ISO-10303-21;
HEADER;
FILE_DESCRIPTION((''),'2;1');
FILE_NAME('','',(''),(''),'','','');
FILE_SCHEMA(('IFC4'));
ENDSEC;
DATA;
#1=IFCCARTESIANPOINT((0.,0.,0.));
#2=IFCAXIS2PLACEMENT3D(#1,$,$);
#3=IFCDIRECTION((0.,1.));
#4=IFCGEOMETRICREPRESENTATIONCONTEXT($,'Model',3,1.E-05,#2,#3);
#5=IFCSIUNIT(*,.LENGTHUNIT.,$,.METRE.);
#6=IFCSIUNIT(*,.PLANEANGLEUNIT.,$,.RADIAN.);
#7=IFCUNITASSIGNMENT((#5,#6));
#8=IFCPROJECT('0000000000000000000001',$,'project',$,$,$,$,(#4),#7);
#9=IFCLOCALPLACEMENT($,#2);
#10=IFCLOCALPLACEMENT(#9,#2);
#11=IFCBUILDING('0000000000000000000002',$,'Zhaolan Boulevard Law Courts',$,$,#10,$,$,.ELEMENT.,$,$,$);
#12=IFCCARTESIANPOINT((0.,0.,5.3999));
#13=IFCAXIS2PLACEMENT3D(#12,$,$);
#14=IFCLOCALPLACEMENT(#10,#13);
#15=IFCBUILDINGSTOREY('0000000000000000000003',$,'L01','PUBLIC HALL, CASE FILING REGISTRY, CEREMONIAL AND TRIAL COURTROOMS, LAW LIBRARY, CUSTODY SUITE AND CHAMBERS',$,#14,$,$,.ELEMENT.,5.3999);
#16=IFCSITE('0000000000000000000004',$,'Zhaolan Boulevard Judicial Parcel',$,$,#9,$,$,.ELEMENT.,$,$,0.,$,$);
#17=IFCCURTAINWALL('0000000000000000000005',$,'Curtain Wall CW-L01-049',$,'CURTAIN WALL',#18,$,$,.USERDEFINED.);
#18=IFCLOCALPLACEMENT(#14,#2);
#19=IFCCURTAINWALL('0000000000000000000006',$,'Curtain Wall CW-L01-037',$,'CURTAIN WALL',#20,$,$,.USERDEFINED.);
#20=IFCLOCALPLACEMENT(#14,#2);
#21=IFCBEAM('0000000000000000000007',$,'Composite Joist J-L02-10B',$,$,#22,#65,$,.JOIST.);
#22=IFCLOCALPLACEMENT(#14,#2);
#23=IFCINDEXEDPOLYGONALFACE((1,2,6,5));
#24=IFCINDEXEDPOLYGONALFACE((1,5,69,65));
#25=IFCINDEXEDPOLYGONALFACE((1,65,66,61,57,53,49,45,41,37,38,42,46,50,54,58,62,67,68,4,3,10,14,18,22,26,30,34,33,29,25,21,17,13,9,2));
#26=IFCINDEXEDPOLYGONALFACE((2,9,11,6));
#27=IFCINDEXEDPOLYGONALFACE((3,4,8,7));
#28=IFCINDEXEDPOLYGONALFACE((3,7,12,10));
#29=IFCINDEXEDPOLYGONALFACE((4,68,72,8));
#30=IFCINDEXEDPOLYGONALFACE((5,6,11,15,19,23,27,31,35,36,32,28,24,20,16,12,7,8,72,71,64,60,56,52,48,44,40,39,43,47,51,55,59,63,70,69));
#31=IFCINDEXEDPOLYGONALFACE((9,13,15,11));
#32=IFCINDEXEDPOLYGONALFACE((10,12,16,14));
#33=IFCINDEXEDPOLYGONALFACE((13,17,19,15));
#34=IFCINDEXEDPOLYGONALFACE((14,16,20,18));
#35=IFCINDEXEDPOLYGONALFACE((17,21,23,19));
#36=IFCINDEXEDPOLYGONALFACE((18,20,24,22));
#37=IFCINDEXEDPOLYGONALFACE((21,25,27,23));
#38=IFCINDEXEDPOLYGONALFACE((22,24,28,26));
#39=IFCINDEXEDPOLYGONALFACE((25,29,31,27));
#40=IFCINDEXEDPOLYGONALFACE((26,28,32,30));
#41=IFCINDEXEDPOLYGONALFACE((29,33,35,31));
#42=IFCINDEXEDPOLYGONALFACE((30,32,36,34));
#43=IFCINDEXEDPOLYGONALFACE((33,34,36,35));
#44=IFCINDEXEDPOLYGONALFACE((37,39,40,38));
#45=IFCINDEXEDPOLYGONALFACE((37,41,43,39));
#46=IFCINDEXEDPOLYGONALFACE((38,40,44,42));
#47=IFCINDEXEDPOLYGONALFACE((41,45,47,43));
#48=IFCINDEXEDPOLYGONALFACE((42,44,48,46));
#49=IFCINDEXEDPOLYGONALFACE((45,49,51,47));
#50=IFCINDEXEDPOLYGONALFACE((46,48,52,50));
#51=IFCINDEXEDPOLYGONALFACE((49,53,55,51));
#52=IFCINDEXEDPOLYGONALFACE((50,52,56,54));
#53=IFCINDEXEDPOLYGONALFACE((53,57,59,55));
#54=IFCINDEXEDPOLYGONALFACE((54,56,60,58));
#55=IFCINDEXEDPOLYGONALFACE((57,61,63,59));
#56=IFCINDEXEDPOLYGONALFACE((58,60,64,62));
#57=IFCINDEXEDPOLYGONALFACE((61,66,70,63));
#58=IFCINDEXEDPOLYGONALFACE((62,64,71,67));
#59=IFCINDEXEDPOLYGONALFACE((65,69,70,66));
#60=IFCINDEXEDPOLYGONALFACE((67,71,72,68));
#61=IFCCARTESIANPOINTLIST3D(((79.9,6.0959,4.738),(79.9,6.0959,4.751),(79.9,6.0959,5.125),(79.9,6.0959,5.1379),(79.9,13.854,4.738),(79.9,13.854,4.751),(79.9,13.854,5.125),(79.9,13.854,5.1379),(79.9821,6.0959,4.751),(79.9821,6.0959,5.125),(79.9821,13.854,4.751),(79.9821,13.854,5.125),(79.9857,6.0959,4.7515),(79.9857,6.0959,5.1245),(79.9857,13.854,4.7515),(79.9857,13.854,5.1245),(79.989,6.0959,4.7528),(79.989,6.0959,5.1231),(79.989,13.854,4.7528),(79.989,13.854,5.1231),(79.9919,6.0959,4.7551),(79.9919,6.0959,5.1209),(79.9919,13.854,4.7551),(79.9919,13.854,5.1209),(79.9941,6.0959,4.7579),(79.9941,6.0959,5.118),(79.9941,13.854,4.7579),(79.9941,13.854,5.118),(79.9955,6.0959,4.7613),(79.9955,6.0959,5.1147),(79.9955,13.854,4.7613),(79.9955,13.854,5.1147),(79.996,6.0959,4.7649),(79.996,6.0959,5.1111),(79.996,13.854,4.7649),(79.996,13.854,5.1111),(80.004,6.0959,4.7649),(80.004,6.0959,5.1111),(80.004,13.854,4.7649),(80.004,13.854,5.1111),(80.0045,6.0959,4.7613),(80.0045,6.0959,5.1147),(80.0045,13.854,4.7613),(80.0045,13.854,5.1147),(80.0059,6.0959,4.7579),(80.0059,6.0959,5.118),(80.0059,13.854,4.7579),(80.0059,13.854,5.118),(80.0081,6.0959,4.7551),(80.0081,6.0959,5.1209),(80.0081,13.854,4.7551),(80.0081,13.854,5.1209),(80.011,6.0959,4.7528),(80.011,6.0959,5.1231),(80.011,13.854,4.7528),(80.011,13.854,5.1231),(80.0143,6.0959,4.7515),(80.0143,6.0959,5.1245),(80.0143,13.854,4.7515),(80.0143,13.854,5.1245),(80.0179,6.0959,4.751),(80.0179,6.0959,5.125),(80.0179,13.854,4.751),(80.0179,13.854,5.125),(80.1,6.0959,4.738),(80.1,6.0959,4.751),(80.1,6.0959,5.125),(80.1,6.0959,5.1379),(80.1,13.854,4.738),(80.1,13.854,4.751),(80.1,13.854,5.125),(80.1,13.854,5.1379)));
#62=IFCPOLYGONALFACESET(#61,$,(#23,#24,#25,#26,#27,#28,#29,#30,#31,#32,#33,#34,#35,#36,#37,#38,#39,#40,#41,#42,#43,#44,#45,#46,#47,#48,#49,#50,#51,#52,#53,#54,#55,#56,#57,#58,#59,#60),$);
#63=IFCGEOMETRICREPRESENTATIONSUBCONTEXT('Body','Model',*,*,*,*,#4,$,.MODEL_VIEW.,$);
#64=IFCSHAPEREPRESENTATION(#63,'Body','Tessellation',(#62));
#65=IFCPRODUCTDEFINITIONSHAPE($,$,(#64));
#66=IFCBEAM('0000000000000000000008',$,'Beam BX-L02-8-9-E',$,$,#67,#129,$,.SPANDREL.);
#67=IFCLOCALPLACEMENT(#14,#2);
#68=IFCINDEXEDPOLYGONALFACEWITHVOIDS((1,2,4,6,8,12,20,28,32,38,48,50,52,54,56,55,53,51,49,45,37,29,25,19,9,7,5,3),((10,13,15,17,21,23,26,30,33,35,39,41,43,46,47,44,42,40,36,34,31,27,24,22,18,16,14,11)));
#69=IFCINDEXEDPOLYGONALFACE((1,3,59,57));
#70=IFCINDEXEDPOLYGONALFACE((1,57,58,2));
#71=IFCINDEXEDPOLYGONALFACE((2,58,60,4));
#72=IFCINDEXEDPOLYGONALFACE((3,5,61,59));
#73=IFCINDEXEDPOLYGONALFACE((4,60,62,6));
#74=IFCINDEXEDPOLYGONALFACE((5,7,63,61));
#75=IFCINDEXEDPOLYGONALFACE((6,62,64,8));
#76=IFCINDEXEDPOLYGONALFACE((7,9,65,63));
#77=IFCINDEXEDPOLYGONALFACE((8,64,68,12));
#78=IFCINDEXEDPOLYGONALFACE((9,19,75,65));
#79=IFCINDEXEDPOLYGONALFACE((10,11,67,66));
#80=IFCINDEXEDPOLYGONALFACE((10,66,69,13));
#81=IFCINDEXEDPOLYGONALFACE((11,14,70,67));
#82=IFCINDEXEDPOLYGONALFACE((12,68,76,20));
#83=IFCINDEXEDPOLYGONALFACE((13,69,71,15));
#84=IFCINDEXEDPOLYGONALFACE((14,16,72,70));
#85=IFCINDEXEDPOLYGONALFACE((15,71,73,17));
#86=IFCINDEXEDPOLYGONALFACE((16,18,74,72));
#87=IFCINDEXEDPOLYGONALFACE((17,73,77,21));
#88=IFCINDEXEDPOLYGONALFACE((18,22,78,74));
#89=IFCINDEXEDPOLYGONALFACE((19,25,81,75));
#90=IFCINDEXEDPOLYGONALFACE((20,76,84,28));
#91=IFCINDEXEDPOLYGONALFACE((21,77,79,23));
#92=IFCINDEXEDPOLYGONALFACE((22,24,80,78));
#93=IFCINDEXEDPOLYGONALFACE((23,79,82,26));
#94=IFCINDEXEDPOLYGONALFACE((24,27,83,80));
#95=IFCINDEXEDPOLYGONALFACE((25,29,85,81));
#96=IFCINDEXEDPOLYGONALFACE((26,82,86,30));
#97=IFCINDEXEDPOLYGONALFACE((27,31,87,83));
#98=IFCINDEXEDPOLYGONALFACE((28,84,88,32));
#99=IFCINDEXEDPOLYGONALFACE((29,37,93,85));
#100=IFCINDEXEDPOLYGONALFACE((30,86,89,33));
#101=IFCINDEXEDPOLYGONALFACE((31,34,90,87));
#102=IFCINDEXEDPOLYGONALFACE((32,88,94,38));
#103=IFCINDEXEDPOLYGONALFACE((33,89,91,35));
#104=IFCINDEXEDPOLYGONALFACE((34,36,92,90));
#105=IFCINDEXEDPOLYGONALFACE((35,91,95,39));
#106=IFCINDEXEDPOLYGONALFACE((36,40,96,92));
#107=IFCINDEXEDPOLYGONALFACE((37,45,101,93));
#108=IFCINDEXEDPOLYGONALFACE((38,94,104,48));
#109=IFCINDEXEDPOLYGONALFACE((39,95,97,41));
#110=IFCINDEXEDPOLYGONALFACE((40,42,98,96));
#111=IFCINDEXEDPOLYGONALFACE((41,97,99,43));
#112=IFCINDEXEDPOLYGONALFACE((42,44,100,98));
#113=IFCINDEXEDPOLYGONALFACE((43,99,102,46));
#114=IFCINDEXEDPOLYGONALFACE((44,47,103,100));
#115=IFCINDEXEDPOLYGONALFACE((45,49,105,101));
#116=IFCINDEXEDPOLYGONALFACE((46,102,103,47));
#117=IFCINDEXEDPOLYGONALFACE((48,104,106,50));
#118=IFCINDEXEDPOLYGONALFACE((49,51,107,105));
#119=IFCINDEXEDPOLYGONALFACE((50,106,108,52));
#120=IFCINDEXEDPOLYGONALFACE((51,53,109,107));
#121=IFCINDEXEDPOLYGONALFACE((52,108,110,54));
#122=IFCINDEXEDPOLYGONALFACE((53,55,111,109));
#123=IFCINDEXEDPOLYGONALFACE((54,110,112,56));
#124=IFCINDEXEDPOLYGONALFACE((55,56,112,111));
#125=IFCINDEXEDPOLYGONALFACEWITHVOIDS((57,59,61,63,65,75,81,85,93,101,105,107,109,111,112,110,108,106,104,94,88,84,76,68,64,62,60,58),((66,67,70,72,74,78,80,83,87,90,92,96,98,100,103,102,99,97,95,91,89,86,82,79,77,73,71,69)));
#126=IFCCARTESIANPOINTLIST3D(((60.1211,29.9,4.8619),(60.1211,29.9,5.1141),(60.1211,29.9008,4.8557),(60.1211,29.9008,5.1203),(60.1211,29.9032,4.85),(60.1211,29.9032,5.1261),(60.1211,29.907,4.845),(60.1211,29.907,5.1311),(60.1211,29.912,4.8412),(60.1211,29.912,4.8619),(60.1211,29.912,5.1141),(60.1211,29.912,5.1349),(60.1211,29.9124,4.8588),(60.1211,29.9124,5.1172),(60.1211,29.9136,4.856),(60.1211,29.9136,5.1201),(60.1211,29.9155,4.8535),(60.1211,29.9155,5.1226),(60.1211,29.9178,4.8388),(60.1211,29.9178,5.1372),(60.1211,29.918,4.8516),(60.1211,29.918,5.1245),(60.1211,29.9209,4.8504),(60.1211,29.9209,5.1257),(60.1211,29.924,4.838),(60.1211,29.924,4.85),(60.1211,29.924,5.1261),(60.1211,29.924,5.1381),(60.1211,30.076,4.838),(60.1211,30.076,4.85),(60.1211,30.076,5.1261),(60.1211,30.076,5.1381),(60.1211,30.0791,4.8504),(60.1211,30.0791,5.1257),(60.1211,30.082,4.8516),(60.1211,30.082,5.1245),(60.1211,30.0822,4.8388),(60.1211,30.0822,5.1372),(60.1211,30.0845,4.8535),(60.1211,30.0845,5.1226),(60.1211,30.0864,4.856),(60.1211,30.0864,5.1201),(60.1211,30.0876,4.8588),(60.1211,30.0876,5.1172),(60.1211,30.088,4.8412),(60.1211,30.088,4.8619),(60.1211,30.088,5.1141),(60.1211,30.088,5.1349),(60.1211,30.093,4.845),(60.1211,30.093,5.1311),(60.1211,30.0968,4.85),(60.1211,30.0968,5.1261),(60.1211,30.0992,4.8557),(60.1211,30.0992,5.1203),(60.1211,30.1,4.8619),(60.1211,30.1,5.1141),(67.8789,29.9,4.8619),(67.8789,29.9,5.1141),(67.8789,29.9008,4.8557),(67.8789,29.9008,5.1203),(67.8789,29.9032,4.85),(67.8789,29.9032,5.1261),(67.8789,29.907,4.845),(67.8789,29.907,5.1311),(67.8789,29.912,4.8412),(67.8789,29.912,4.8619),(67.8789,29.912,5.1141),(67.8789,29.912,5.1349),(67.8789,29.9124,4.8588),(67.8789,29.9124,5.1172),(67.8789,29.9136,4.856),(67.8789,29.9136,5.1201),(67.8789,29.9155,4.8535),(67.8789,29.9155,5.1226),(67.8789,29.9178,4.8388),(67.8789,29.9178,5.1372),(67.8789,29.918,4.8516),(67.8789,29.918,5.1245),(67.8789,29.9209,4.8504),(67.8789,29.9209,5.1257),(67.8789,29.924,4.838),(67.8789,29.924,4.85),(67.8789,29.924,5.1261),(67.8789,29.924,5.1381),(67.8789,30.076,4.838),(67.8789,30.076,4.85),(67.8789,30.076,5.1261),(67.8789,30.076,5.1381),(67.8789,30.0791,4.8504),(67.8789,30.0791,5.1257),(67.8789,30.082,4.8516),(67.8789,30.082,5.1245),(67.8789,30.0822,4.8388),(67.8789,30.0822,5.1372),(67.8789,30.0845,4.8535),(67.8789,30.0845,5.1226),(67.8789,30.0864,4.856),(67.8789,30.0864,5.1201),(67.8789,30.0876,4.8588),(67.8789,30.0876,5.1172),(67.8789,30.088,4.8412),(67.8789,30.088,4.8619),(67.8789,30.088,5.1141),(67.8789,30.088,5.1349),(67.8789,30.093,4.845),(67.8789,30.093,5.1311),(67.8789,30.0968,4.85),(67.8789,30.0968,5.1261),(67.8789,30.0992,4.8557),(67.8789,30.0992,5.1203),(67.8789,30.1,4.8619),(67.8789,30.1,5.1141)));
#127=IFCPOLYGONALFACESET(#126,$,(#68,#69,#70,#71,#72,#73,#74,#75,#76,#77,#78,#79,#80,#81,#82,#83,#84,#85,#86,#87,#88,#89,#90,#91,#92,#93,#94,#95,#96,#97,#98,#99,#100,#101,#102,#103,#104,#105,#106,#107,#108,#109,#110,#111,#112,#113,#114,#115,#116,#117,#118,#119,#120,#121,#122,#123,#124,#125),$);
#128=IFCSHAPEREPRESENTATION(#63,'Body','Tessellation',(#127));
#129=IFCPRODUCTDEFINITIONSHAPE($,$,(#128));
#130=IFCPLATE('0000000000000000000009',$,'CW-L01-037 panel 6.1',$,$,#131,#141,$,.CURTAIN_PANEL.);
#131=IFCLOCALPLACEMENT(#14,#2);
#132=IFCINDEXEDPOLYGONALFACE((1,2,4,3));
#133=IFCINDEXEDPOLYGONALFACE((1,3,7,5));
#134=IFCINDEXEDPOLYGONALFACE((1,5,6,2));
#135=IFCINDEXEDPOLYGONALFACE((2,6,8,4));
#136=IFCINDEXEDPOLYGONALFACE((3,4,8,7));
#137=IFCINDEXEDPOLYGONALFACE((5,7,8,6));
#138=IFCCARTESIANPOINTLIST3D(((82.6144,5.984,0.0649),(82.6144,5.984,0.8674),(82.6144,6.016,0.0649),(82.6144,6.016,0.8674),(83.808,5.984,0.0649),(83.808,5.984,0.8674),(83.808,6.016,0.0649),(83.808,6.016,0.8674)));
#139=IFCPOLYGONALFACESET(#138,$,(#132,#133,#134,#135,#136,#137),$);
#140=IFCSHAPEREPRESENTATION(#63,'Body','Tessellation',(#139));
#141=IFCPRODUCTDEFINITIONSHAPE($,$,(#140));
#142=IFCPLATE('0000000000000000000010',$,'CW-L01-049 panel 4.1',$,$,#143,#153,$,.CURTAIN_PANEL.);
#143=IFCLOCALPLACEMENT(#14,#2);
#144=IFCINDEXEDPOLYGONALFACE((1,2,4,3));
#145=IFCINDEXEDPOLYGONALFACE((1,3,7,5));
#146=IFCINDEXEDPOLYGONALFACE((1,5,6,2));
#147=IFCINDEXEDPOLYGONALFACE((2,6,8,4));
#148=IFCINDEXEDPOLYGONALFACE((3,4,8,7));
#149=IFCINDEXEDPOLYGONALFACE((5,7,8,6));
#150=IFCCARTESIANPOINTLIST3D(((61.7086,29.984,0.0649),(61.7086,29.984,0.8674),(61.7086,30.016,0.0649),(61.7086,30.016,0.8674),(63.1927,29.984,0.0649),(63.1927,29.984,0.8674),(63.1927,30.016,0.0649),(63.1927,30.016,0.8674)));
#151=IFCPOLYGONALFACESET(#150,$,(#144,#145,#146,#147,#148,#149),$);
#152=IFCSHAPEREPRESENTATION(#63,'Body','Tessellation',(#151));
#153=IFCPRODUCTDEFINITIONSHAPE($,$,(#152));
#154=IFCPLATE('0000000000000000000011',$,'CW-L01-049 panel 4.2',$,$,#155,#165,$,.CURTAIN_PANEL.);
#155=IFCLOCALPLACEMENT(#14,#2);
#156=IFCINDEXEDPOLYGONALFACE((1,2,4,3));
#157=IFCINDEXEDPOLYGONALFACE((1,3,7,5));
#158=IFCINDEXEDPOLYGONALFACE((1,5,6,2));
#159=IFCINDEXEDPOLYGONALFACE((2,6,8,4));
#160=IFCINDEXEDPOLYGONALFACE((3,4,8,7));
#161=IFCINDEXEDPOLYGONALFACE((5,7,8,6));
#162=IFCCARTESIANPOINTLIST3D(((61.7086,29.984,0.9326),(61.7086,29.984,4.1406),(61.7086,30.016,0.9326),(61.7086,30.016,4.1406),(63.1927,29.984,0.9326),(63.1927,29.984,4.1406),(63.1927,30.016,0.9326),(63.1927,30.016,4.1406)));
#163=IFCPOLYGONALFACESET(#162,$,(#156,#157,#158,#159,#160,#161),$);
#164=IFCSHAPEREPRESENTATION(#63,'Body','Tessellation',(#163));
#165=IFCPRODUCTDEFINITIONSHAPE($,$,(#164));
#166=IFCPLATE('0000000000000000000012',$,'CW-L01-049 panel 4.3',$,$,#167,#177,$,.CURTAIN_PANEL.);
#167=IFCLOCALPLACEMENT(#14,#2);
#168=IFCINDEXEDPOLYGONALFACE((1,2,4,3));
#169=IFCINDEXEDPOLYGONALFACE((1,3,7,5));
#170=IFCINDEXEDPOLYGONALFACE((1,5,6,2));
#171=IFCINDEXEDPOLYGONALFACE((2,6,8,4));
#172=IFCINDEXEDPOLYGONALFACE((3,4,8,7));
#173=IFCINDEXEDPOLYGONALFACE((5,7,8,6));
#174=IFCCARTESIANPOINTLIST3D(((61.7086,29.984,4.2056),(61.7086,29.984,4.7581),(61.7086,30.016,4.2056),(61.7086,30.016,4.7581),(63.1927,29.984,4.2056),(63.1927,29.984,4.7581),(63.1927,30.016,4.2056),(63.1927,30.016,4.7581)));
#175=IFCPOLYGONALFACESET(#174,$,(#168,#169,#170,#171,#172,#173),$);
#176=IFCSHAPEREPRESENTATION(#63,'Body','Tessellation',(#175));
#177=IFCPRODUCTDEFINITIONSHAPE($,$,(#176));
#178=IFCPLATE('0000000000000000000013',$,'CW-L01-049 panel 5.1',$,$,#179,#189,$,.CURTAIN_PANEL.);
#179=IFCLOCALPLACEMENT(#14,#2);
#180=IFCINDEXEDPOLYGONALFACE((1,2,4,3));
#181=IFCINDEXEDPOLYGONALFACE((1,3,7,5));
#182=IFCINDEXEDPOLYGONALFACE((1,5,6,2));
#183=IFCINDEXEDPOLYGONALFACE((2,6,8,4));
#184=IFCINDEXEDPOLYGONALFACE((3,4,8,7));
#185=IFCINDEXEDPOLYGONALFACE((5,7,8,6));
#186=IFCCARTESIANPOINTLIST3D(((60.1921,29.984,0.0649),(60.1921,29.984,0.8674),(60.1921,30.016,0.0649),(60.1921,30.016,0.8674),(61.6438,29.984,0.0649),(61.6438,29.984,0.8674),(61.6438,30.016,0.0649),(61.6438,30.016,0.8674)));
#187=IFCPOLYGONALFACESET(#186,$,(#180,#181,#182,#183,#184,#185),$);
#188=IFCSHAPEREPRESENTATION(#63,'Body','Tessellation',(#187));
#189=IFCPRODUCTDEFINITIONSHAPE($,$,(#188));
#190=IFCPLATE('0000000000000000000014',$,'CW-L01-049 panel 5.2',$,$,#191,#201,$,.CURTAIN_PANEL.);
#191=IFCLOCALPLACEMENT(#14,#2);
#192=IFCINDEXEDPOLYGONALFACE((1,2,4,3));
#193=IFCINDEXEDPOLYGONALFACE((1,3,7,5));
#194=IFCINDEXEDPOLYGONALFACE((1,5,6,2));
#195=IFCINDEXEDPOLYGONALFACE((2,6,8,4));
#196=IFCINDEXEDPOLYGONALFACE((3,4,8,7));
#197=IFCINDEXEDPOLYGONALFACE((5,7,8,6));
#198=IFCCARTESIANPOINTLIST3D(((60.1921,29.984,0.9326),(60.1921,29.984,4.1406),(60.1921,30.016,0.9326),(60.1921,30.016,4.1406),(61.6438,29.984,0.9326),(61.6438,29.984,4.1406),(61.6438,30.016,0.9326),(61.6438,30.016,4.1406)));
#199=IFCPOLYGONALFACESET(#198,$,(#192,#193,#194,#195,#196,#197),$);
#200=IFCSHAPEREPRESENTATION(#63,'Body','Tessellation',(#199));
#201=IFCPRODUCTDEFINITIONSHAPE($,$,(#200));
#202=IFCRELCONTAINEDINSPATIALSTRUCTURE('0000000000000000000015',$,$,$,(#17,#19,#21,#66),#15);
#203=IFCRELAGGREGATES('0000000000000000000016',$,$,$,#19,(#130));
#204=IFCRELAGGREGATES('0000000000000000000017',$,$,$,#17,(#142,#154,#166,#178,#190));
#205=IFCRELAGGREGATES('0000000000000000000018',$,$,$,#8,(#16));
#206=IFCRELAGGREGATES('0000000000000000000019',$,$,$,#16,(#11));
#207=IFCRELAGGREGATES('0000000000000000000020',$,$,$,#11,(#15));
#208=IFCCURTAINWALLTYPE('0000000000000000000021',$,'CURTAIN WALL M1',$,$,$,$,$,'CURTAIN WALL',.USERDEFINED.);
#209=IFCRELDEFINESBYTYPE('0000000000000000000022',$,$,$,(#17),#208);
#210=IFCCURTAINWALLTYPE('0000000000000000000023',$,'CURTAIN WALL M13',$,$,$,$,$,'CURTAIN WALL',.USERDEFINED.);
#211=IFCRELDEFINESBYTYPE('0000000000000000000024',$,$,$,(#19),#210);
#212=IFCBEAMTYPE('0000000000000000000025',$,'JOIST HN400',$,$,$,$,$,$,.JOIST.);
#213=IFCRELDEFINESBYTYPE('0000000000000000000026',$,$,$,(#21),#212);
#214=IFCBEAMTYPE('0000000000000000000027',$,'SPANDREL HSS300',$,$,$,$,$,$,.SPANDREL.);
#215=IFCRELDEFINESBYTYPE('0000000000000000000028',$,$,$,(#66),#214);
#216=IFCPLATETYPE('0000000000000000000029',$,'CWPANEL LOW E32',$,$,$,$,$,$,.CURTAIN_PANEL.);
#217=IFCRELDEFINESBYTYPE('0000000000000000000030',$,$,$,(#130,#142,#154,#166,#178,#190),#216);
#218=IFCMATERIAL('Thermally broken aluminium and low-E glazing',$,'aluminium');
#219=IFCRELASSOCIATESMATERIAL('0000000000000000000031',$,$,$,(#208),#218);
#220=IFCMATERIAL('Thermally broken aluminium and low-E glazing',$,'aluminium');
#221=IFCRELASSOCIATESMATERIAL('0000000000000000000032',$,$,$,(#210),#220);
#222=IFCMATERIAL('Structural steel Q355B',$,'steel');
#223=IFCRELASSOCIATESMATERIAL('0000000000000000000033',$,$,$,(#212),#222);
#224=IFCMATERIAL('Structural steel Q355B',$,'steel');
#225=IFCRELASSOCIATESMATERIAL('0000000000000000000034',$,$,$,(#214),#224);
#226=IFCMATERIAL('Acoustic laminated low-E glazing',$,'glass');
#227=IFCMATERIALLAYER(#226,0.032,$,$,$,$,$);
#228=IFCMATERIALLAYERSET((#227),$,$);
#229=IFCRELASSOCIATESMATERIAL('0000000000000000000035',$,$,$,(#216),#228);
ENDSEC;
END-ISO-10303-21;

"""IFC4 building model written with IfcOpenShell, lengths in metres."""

from ifc_helpers import new_model, si_unit, direction, frame, origin, origin_2d, place, context, subcontext, project, spatial, rectangle, hollow_rectangle, i_section, extrude, material, layer, layer_set, material_profile, profile_set, type_object, element, aggregate, save


model = new_model("IFC4")

# Units and contexts
model_context = context("Model", 3, precision=1e-05, world=origin(), true_north=direction((0.0, 1.0)))
body_context = subcontext(model_context, "Body", "Model", "MODEL_VIEW")
ifc_project = project(units=[si_unit("LENGTHUNIT", "METRE"), si_unit("PLANEANGLEUNIT", "RADIAN")], contexts=[model_context])

# Site, building, storey
site_placement = place(None, origin())
site = spatial("IfcSite", under=ifc_project, at=site_placement, Name="Zhaolan Boulevard Judicial Parcel", CompositionType="ELEMENT", RefElevation=0.0)
building_placement = place(site_placement, origin())
building = spatial("IfcBuilding", under=site, at=building_placement, Name="Zhaolan Boulevard Law Courts", CompositionType="ELEMENT")
storey_placement = place(building_placement, frame((0.0, 0.0, 5.3999)))
storey = spatial("IfcBuildingStorey", under=building, at=storey_placement, Name="L01", Description="PUBLIC HALL, CASE FILING REGISTRY, CEREMONIAL AND TRIAL COURTROOMS, LAW LIBRARY, CUSTODY SUITE AND CHAMBERS", CompositionType="ELEMENT", Elevation=5.3999)

# Curtain wall
ifc_material_1 = material(Name="Thermally broken aluminium and low-E glazing", Category="aluminium")
curtain_wall_type_1 = type_object("IfcCurtainWallType", Name="CURTAIN WALL M1", ElementType="CURTAIN WALL", PredefinedType="USERDEFINED", material=ifc_material_1)
curtain_wall_1_placement = place(storey_placement, origin())
curtain_wall_1 = element("IfcCurtainWall", 1, at=curtain_wall_1_placement, inside=storey, type_object=curtain_wall_type_1, Name="Curtain Wall CW-L01-049", ObjectType="CURTAIN WALL", PredefinedType="USERDEFINED")

# Curtain wall
ifc_material_2 = material(Name="Thermally broken aluminium and low-E glazing", Category="aluminium")
curtain_wall_type_2 = type_object("IfcCurtainWallType", Name="CURTAIN WALL M13", ElementType="CURTAIN WALL", PredefinedType="USERDEFINED", material=ifc_material_2)
curtain_wall_2_placement = place(storey_placement, origin())
curtain_wall_2 = element("IfcCurtainWall", 2, at=curtain_wall_2_placement, inside=storey, type_object=curtain_wall_type_2, Name="Curtain Wall CW-L01-037", ObjectType="CURTAIN WALL", PredefinedType="USERDEFINED")

# Beams
ifc_material_3 = material(Name="Structural steel Q355B", Category="steel")
ifc_material_profile_1 = material_profile(ifc_material_3, i_section(OverallWidth=0.2, OverallDepth=0.3999, WebThickness=0.0081, FlangeThickness=0.0129, FilletRadius=0.0139, at=origin_2d()), Name="HN400x200")
ifc_profile_set_1 = profile_set([ifc_material_profile_1], Name="Structural steel Q355B")
beam_type_1 = type_object("IfcBeamType", Name="JOIST HN400", PredefinedType="JOIST", material=ifc_profile_set_1)
beam_1_placement = place(storey_placement, frame((80.0, 6.0959, 4.938), z_axis=(0.0, 1.0, 0.0), x_axis=(-1.0, 0.0, 0.0)))
element("IfcBeam", 3, at=beam_1_placement, inside=storey, type_object=beam_type_1, Name="Composite Joist J-L02-10B", PredefinedType="JOIST", context=body_context, shape_type="SweptSolid", body=[
    extrude(i_section(OverallWidth=0.2, OverallDepth=0.3999, WebThickness=0.0081, FlangeThickness=0.0129, FilletRadius=0.0139, at=origin_2d()), origin(), (0.0, 0.0, 1.0), 7.7581),
])
ifc_material_4 = material(Name="Structural steel Q355B", Category="steel")
ifc_material_profile_2 = material_profile(ifc_material_4, hollow_rectangle(XDim=0.2, YDim=0.3, WallThickness=0.012, InnerFilletRadius=0.012, OuterFilletRadius=0.0239, at=origin_2d()), Name="HSS300x200x12")
ifc_profile_set_2 = profile_set([ifc_material_profile_2], Name="Structural steel Q355B")
beam_type_2 = type_object("IfcBeamType", Name="SPANDREL HSS300", PredefinedType="SPANDREL", material=ifc_profile_set_2)
beam_2_placement = place(storey_placement, frame((60.1211, 30.0, 4.988), z_axis=(1.0, 0.0, 0.0), x_axis=(0.0, 1.0, 0.0)))
element("IfcBeam", 4, at=beam_2_placement, inside=storey, type_object=beam_type_2, Name="Beam BX-L02-8-9-E", PredefinedType="SPANDREL", context=body_context, shape_type="SweptSolid", body=[
    extrude(hollow_rectangle(XDim=0.2, YDim=0.3, WallThickness=0.012, InnerFilletRadius=0.012, OuterFilletRadius=0.0239, at=origin_2d()), origin(), (0.0, 0.0, 1.0), 7.7578),
])

# Plates
ifc_material_5 = material(Name="Acoustic laminated low-E glazing", Category="glass")
ifc_layer_1 = layer(ifc_material_5, 0.032)
ifc_layer_set_1 = layer_set([ifc_layer_1])
plate_type_1 = type_object("IfcPlateType", Name="CWPANEL LOW E32", PredefinedType="CURTAIN_PANEL", material=ifc_layer_set_1)
plate_1_placement = place(storey_placement, frame((83.2112, 6.0, 0.0649), z_axis=(0.0, 0.0, 1.0), x_axis=(1.0, 0.0, 0.0)))
plate_1 = element("IfcPlate", 5, at=plate_1_placement, type_object=plate_type_1, Name="CW-L01-037 panel 6.1", PredefinedType="CURTAIN_PANEL", context=body_context, shape_type="SweptSolid", body=[
    extrude(rectangle(XDim=1.1936, YDim=0.032, at=origin_2d()), origin(), (0.0, 0.0, 1.0), 0.8025),
])
aggregate(curtain_wall_2, [plate_1])
plate_2_placement = place(storey_placement, frame((62.4507, 30.0, 0.0649), z_axis=(0.0, 0.0, 1.0), x_axis=(-1.0, 0.0, 0.0)))
plate_2 = element("IfcPlate", 6, at=plate_2_placement, type_object=plate_type_1, Name="CW-L01-049 panel 4.1", PredefinedType="CURTAIN_PANEL", context=body_context, shape_type="SweptSolid", body=[
    extrude(rectangle(XDim=1.4841, YDim=0.032, at=origin_2d()), origin(), (0.0, 0.0, 1.0), 0.8025),
])
plate_3_placement = place(storey_placement, frame((62.4507, 30.0, 0.9326), z_axis=(0.0, 0.0, 1.0), x_axis=(-1.0, 0.0, 0.0)))
plate_3 = element("IfcPlate", 7, at=plate_3_placement, type_object=plate_type_1, Name="CW-L01-049 panel 4.2", PredefinedType="CURTAIN_PANEL", context=body_context, shape_type="SweptSolid", body=[
    extrude(rectangle(XDim=1.4841, YDim=0.032, at=origin_2d()), origin(), (0.0, 0.0, 1.0), 3.208),
])
plate_4_placement = place(storey_placement, frame((62.4507, 30.0, 4.2056), z_axis=(0.0, 0.0, 1.0), x_axis=(-1.0, 0.0, 0.0)))
plate_4 = element("IfcPlate", 8, at=plate_4_placement, type_object=plate_type_1, Name="CW-L01-049 panel 4.3", PredefinedType="CURTAIN_PANEL", context=body_context, shape_type="SweptSolid", body=[
    extrude(rectangle(XDim=1.4841, YDim=0.032, at=origin_2d()), origin(), (0.0, 0.0, 1.0), 0.5525),
])
plate_5_placement = place(storey_placement, frame((60.918, 30.0, 0.0649), z_axis=(0.0, 0.0, 1.0), x_axis=(-1.0, 0.0, 0.0)))
plate_5 = element("IfcPlate", 9, at=plate_5_placement, type_object=plate_type_1, Name="CW-L01-049 panel 5.1", PredefinedType="CURTAIN_PANEL", context=body_context, shape_type="SweptSolid", body=[
    extrude(rectangle(XDim=1.4517, YDim=0.032, at=origin_2d()), origin(), (0.0, 0.0, 1.0), 0.8025),
])
plate_6_placement = place(storey_placement, frame((60.918, 30.0, 0.9326), z_axis=(0.0, 0.0, 1.0), x_axis=(-1.0, 0.0, 0.0)))
plate_6 = element("IfcPlate", 10, at=plate_6_placement, type_object=plate_type_1, Name="CW-L01-049 panel 5.2", PredefinedType="CURTAIN_PANEL", context=body_context, shape_type="SweptSolid", body=[
    extrude(rectangle(XDim=1.4517, YDim=0.032, at=origin_2d()), origin(), (0.0, 0.0, 1.0), 3.208),
])
aggregate(curtain_wall_1, [plate_2, plate_3, plate_4, plate_5, plate_6])

save(model, "model.ifc")
